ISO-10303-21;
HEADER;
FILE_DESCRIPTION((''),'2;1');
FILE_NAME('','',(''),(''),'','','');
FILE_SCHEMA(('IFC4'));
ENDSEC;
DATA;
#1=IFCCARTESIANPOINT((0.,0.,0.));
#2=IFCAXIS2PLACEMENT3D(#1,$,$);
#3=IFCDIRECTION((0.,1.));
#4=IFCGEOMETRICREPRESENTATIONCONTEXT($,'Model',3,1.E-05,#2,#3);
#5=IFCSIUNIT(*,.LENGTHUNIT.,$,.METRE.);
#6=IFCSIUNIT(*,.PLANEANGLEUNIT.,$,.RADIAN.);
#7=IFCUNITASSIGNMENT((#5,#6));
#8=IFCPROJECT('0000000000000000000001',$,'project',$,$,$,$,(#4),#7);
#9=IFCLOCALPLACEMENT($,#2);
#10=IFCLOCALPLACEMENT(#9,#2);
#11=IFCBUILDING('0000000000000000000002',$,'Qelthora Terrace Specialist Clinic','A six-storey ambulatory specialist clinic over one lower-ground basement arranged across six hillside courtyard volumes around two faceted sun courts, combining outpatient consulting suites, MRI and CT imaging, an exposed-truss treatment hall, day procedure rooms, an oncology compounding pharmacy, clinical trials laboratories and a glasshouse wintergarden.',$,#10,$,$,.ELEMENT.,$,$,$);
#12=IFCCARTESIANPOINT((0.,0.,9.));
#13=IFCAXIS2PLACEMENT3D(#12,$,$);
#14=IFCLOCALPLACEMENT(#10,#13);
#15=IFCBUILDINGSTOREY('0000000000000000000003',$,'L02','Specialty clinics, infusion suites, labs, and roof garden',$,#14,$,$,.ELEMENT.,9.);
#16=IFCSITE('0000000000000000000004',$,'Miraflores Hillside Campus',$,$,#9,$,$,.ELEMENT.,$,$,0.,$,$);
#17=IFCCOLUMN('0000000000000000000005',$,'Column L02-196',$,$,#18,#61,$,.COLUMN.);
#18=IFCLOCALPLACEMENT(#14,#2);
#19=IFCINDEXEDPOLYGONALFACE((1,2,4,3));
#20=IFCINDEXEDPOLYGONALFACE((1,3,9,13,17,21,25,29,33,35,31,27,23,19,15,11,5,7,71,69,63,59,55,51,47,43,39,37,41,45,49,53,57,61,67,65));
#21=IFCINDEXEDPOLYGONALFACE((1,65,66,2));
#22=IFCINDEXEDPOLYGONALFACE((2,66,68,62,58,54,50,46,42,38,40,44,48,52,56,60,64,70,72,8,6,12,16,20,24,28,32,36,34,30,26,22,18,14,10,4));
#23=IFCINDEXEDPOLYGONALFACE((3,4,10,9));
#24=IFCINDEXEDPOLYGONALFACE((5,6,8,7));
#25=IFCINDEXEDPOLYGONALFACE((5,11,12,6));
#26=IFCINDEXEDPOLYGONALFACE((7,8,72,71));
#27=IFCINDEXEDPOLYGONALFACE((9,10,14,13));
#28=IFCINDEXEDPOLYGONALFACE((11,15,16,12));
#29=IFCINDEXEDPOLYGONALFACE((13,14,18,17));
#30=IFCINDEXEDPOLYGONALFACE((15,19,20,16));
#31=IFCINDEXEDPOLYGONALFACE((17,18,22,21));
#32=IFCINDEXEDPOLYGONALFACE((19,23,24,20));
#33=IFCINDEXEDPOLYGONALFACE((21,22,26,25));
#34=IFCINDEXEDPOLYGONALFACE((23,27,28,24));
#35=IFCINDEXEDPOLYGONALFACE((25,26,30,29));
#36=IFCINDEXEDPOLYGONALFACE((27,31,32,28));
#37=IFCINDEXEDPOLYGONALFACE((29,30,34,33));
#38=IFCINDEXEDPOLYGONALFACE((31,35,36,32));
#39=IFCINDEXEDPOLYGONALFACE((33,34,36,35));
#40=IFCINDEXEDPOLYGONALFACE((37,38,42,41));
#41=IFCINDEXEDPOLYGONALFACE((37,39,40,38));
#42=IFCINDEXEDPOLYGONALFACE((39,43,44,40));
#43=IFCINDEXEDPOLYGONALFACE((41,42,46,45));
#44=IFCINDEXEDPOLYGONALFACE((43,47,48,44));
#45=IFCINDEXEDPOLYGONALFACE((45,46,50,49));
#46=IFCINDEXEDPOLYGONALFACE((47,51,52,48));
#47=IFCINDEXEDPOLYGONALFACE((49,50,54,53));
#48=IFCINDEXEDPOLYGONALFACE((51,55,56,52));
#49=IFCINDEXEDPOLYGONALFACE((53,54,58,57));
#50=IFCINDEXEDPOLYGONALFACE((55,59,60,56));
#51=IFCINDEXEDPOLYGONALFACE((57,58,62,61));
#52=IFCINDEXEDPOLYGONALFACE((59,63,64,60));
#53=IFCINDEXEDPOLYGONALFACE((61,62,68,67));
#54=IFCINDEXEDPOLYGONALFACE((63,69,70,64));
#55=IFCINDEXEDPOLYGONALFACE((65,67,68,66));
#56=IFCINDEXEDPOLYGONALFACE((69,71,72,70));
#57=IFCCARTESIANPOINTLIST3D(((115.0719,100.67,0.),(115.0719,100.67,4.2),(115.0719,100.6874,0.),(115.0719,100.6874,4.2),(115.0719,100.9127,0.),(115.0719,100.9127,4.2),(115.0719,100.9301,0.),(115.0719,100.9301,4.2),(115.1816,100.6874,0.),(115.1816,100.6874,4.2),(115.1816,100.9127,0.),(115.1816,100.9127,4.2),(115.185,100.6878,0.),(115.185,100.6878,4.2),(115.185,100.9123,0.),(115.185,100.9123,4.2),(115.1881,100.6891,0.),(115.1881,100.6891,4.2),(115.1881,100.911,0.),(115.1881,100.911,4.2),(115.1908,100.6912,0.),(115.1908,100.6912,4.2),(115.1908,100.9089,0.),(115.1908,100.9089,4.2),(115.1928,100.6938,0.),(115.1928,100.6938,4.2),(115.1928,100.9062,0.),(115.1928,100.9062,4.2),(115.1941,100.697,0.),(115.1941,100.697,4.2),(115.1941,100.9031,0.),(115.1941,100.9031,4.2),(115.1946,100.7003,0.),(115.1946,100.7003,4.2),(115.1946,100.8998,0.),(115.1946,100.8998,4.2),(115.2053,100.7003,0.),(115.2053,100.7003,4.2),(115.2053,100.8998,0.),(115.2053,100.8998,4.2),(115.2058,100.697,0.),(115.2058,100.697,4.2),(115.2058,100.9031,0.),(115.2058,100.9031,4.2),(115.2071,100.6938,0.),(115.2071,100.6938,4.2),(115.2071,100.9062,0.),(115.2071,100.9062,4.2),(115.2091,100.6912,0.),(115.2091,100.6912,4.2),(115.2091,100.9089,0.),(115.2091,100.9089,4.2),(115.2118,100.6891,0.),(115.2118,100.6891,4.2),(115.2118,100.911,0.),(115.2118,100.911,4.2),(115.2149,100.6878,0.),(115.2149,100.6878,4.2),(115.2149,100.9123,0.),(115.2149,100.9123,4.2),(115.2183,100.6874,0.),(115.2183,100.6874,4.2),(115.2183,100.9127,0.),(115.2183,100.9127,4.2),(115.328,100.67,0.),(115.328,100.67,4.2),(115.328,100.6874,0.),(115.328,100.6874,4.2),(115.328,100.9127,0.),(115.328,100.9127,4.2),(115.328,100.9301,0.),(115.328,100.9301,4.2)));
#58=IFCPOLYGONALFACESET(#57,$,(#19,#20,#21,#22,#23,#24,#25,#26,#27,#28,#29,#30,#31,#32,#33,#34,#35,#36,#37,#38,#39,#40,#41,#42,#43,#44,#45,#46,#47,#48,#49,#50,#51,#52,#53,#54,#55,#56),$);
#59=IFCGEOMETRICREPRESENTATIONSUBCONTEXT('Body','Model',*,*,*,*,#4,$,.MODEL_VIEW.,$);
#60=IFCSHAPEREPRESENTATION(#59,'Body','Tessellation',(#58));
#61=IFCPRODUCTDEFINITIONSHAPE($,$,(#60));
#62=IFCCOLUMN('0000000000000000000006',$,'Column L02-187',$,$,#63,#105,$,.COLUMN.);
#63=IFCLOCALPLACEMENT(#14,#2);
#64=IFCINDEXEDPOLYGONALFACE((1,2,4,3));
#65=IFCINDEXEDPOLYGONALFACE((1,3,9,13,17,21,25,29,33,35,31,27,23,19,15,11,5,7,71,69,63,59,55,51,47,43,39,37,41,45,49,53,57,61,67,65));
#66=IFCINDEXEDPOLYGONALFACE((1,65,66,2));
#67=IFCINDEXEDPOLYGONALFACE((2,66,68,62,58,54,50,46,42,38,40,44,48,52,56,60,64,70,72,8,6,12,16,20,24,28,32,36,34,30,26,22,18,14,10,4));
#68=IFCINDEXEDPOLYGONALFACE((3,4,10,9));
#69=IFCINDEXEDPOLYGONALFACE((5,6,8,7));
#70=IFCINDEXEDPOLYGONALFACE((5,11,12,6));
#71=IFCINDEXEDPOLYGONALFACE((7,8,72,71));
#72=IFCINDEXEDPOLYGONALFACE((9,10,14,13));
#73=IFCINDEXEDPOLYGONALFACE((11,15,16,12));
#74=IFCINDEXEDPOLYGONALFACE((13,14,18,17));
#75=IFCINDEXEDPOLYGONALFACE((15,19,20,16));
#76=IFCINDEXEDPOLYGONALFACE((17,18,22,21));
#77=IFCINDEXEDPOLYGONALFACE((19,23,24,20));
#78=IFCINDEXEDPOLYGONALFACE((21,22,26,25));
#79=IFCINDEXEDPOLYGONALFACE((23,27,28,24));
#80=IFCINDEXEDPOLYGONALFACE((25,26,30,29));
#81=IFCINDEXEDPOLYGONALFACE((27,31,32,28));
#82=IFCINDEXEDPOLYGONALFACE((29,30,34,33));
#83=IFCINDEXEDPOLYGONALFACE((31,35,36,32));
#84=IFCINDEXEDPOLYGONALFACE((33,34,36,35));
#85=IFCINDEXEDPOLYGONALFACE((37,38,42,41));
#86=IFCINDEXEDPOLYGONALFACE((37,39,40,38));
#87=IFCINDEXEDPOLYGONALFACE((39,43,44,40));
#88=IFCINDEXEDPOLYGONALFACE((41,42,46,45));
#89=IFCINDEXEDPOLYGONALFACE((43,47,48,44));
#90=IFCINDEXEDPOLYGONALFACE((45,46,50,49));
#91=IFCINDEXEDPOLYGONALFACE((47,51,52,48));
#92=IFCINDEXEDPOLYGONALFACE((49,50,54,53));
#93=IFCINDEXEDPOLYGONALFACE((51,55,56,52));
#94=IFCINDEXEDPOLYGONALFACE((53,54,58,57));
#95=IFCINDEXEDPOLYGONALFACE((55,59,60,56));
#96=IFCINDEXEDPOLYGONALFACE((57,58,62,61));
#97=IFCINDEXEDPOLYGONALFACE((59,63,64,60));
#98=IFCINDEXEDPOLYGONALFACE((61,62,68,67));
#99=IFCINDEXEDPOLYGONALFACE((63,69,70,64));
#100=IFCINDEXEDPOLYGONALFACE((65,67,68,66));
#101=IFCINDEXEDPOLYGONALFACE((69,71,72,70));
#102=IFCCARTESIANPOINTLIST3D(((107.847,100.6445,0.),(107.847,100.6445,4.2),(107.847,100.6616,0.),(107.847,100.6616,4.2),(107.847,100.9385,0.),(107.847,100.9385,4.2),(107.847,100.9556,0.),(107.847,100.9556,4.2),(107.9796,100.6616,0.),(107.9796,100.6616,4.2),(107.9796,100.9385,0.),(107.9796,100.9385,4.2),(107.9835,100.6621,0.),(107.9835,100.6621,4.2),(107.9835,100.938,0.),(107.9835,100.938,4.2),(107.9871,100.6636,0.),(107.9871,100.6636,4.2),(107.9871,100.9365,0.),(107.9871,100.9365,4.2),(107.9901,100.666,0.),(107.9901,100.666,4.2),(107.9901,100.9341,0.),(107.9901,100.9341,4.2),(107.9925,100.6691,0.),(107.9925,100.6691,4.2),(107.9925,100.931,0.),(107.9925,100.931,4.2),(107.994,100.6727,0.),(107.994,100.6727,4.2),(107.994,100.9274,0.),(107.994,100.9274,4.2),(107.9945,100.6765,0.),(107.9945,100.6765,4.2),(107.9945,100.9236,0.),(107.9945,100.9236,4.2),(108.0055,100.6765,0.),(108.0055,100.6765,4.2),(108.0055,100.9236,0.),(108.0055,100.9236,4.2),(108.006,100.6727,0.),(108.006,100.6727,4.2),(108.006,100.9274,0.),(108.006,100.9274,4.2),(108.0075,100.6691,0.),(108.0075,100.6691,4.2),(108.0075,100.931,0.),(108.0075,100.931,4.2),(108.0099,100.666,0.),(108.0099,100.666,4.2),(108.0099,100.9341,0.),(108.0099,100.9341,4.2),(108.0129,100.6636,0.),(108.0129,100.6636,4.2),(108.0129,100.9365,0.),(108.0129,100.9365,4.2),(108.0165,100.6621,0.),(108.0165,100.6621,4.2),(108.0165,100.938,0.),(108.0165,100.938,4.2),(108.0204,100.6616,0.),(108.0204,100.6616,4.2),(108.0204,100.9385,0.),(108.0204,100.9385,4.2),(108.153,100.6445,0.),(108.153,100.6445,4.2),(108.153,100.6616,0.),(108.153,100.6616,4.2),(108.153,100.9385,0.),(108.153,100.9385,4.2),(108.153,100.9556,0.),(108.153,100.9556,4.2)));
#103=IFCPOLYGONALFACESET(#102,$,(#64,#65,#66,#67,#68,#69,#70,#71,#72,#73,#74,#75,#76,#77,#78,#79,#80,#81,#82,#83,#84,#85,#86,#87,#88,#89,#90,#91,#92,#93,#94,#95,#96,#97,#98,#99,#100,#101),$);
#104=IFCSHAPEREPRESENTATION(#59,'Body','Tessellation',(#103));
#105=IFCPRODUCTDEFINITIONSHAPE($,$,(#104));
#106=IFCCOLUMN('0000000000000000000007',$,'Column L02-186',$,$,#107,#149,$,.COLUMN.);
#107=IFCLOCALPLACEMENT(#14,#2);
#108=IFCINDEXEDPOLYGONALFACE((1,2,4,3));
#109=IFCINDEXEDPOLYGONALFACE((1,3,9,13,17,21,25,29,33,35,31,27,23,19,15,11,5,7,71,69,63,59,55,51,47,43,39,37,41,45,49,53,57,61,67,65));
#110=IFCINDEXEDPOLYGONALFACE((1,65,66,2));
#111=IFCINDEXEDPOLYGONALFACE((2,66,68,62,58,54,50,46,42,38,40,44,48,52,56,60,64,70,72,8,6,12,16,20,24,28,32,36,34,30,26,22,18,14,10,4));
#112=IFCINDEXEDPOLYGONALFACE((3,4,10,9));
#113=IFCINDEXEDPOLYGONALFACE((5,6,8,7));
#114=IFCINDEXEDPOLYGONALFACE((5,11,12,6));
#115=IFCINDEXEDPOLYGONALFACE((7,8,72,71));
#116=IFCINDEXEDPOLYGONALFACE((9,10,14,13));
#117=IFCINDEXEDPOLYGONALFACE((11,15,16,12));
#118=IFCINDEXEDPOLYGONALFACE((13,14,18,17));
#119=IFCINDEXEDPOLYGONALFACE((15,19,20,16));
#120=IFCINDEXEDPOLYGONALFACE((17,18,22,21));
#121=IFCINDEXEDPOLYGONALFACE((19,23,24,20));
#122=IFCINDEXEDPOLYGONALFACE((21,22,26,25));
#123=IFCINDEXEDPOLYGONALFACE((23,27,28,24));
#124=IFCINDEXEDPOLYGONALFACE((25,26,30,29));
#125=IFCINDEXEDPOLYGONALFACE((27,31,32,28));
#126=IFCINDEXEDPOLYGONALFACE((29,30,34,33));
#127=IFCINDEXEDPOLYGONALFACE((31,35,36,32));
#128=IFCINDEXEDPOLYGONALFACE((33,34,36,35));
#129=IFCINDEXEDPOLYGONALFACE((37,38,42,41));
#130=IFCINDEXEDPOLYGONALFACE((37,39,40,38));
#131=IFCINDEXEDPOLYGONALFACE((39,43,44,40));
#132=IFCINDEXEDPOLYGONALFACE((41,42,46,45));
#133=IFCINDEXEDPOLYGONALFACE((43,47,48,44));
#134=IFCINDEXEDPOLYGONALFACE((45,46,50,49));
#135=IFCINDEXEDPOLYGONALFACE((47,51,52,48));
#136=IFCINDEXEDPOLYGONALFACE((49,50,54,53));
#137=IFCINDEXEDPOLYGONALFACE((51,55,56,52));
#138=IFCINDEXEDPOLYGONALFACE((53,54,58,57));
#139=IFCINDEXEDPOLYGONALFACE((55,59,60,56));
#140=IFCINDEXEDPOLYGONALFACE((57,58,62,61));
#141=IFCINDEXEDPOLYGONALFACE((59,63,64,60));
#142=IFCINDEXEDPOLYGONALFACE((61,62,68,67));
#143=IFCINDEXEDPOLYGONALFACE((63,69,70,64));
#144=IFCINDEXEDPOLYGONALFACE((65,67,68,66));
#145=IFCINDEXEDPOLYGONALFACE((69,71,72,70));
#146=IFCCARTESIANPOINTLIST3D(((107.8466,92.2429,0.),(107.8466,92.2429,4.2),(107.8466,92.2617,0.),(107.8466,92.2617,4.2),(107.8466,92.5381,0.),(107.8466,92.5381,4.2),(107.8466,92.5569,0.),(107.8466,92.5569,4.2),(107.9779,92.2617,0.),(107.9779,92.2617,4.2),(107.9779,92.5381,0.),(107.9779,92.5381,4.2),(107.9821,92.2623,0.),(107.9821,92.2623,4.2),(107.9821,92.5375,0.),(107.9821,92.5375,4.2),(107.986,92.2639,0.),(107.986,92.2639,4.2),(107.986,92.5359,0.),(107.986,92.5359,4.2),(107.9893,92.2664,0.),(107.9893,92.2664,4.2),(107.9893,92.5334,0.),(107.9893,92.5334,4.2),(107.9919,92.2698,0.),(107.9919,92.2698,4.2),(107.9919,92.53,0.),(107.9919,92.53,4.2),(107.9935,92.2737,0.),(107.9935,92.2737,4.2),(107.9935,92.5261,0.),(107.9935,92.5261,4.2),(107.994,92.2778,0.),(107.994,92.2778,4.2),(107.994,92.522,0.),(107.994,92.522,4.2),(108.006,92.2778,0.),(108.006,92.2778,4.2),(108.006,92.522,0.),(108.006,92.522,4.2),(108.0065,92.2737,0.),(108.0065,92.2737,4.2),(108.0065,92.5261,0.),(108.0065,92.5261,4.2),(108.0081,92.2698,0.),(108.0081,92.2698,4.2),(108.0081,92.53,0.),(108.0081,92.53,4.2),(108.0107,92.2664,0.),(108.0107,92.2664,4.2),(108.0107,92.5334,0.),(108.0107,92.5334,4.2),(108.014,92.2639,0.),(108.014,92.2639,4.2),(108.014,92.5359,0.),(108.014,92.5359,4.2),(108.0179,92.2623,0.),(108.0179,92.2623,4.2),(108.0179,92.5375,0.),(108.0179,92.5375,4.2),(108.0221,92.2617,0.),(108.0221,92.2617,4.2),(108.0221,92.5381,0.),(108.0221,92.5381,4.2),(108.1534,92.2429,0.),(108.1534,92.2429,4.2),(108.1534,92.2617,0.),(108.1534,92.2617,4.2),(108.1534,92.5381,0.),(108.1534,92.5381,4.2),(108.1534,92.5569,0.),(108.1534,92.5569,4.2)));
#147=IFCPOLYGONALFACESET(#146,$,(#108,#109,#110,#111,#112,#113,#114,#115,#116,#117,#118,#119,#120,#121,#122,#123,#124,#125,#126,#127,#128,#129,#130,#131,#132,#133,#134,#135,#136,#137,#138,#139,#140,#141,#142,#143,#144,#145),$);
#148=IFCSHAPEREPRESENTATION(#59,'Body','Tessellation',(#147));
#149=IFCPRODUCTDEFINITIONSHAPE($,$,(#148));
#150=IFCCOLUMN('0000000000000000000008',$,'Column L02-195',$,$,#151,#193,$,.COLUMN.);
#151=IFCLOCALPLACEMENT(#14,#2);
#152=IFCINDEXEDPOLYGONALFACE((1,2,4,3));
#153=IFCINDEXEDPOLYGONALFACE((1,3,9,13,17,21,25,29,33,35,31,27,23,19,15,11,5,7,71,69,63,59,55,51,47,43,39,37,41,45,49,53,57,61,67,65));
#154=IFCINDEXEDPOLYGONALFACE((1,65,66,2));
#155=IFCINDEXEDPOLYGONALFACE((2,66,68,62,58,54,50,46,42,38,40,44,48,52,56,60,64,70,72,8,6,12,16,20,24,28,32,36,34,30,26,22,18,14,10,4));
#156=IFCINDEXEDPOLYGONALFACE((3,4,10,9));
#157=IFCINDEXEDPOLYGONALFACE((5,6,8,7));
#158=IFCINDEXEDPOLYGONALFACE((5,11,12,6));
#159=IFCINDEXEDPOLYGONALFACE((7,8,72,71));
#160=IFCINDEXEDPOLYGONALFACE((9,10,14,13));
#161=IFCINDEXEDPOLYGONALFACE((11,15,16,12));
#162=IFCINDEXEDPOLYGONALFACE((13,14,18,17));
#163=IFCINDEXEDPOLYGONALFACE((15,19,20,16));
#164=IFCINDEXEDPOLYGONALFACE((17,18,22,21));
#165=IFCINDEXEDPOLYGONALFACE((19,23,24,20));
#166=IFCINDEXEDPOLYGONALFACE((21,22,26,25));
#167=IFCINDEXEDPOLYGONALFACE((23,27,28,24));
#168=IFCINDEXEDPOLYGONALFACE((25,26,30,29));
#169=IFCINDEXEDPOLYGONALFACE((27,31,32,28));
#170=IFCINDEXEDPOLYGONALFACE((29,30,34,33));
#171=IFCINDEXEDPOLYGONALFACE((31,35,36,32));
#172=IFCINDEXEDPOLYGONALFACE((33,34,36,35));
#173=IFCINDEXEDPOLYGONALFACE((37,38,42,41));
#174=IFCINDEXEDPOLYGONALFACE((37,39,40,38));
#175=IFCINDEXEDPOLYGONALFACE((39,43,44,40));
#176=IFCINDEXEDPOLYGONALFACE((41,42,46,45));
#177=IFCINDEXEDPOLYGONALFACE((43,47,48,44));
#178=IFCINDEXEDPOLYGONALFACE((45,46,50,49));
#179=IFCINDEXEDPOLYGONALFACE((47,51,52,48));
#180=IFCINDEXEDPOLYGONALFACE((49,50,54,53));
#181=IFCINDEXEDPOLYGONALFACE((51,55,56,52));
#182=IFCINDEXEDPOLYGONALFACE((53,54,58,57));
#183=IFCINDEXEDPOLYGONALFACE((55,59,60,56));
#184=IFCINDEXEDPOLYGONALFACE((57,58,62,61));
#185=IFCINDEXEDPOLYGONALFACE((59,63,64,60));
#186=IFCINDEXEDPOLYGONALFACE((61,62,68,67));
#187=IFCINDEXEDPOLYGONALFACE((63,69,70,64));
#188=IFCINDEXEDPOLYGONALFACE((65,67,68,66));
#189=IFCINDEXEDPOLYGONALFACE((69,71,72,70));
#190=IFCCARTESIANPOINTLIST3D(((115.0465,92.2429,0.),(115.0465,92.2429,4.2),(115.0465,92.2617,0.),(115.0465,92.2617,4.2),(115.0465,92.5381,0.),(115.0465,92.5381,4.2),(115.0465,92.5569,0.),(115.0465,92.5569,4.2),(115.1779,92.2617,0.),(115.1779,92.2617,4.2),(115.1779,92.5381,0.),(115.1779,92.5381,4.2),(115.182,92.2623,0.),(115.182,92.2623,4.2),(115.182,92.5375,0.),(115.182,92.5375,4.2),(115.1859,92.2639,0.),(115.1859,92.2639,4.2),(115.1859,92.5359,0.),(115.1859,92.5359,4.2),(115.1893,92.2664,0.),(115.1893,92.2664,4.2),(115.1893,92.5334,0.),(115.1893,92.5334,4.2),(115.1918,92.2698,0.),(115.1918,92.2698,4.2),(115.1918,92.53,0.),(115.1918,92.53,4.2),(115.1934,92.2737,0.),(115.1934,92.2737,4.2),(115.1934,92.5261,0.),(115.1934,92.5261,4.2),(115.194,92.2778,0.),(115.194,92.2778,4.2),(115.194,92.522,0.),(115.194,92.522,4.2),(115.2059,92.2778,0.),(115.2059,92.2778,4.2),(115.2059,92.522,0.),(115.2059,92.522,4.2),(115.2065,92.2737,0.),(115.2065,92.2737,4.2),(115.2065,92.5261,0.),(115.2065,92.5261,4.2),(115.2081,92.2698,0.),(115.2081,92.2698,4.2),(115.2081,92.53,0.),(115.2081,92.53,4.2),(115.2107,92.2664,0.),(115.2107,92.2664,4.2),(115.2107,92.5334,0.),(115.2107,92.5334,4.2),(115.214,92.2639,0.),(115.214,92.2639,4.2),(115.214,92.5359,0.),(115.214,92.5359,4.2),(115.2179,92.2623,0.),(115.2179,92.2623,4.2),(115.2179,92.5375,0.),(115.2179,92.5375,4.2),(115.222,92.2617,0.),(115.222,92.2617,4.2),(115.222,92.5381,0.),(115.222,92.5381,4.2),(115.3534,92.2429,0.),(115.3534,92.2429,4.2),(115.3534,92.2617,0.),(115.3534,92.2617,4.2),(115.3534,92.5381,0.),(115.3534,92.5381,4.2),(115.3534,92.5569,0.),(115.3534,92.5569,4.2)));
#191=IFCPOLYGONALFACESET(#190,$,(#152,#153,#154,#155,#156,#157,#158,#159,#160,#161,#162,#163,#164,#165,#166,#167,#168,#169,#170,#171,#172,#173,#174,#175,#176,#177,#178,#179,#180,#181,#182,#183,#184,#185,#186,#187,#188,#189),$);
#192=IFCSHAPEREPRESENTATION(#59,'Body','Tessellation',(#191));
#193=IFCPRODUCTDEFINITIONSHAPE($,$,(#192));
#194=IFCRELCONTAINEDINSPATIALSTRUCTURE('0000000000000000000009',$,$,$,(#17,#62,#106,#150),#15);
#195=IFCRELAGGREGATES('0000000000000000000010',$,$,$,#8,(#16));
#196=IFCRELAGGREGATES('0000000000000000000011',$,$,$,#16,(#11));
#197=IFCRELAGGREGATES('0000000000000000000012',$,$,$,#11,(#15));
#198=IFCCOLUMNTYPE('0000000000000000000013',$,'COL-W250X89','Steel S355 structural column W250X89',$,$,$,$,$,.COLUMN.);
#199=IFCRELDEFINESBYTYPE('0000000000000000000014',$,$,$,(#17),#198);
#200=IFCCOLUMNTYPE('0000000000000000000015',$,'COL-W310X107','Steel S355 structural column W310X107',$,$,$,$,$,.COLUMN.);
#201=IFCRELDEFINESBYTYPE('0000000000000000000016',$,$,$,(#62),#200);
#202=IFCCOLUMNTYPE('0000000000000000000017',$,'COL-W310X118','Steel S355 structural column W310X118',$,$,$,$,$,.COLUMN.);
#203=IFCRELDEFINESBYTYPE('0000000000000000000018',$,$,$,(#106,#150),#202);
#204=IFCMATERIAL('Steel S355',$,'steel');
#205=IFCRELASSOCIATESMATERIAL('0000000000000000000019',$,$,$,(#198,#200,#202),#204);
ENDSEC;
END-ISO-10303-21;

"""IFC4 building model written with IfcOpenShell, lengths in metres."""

from ifc_helpers import new_model, si_unit, direction, frame, origin, origin_2d, place, context, subcontext, project, spatial, i_section, extrude, material, material_profile, profile_set, type_object, element, save


model = new_model("IFC4")

# Units and contexts
model_context = context("Model", 3, precision=1e-05, world=origin(), true_north=direction((0.0, 1.0)))
body_context = subcontext(model_context, "Body", "Model", "MODEL_VIEW")
ifc_project = project(units=[si_unit("LENGTHUNIT", "METRE"), si_unit("PLANEANGLEUNIT", "RADIAN")], contexts=[model_context])

# Site, building, storey
site_placement = place(None, origin())
site = spatial("IfcSite", under=ifc_project, at=site_placement, Name="Miraflores Hillside Campus", CompositionType="ELEMENT", RefElevation=0.0)
building_placement = place(site_placement, origin())
building = spatial("IfcBuilding", under=site, at=building_placement, Name="Qelthora Terrace Specialist Clinic", Description="A six-storey ambulatory specialist clinic over one lower-ground basement arranged across six hillside courtyard volumes around two faceted sun courts, combining outpatient consulting suites, MRI and CT imaging, an exposed-truss treatment hall, day procedure rooms, an oncology compounding pharmacy, clinical trials laboratories and a glasshouse wintergarden.", CompositionType="ELEMENT")
storey_placement = place(building_placement, frame((0.0, 0.0, 9.0)))
storey = spatial("IfcBuildingStorey", under=building, at=storey_placement, Name="L02", Description="Specialty clinics, infusion suites, labs, and roof garden", CompositionType="ELEMENT", Elevation=9.0)

# Columns
ifc_material_1 = material(Name="Steel S355", Category="steel")
ifc_material_profile_1 = material_profile(ifc_material_1, i_section(OverallWidth=0.2561, OverallDepth=0.26, WebThickness=0.0107, FlangeThickness=0.0173, FilletRadius=0.0129, at=origin_2d()), Name="W250X89")
ifc_profile_set_1 = profile_set([ifc_material_profile_1], Name="Steel S355")
column_type_1 = type_object("IfcColumnType", Name="COL-W250X89", Description="Steel S355 structural column W250X89", PredefinedType="COLUMN", material=ifc_profile_set_1)
column_1_placement = place(storey_placement, frame((115.2, 100.8, 0.0), z_axis=(0.0, 0.0, 1.0), x_axis=(1.0, 0.0, 0.0)))
element("IfcColumn", 1, at=column_1_placement, inside=storey, type_object=column_type_1, Name="Column L02-196", PredefinedType="COLUMN", context=body_context, shape_type="SweptSolid", body=[
    extrude(i_section(OverallWidth=0.2561, OverallDepth=0.26, WebThickness=0.0107, FlangeThickness=0.0173, FilletRadius=0.0129, at=origin_2d()), origin(), (0.0, 0.0, 1.0), 4.2),
])
ifc_material_profile_2 = material_profile(ifc_material_1, i_section(OverallWidth=0.3059, OverallDepth=0.311, WebThickness=0.011, FlangeThickness=0.0171, FilletRadius=0.0149, at=origin_2d()), Name="W310X107")
ifc_profile_set_2 = profile_set([ifc_material_profile_2], Name="Steel S355")
column_type_2 = type_object("IfcColumnType", Name="COL-W310X107", Description="Steel S355 structural column W310X107", PredefinedType="COLUMN", material=ifc_profile_set_2)
column_2_placement = place(storey_placement, frame((108.0, 100.8, 0.0), z_axis=(0.0, 0.0, 1.0), x_axis=(1.0, 0.0, 0.0)))
element("IfcColumn", 2, at=column_2_placement, inside=storey, type_object=column_type_2, Name="Column L02-187", PredefinedType="COLUMN", context=body_context, shape_type="SweptSolid", body=[
    extrude(i_section(OverallWidth=0.3059, OverallDepth=0.311, WebThickness=0.011, FlangeThickness=0.0171, FilletRadius=0.0149, at=origin_2d()), origin(), (0.0, 0.0, 1.0), 4.2),
])
ifc_material_profile_3 = material_profile(ifc_material_1, i_section(OverallWidth=0.3069, OverallDepth=0.314, WebThickness=0.012, FlangeThickness=0.0188, FilletRadius=0.0161, at=origin_2d()), Name="W310X118")
ifc_profile_set_3 = profile_set([ifc_material_profile_3], Name="Steel S355")
column_type_3 = type_object("IfcColumnType", Name="COL-W310X118", Description="Steel S355 structural column W310X118", PredefinedType="COLUMN", material=ifc_profile_set_3)
for number, where, z_axis, x_axis, name in (
    (3, (108.0, 92.3999, 0.0), (0.0, 0.0, 1.0), (1.0, 0.0, 0.0), "Column L02-186"),
    (4, (115.2, 92.3999, 0.0), (0.0, 0.0, 1.0), (1.0, 0.0, 0.0), "Column L02-195"),
):
    element("IfcColumn", number, at=place(storey_placement, frame(where, z_axis=z_axis, x_axis=x_axis)), inside=storey, type_object=column_type_3, Name=name, PredefinedType="COLUMN", context=body_context, shape_type="SweptSolid", body=[
        extrude(i_section(OverallWidth=0.3069, OverallDepth=0.314, WebThickness=0.012, FlangeThickness=0.0188, FilletRadius=0.0161, at=origin_2d()), origin(), (0.0, 0.0, 1.0), 4.2),
    ])

save(model, "model.ifc")
